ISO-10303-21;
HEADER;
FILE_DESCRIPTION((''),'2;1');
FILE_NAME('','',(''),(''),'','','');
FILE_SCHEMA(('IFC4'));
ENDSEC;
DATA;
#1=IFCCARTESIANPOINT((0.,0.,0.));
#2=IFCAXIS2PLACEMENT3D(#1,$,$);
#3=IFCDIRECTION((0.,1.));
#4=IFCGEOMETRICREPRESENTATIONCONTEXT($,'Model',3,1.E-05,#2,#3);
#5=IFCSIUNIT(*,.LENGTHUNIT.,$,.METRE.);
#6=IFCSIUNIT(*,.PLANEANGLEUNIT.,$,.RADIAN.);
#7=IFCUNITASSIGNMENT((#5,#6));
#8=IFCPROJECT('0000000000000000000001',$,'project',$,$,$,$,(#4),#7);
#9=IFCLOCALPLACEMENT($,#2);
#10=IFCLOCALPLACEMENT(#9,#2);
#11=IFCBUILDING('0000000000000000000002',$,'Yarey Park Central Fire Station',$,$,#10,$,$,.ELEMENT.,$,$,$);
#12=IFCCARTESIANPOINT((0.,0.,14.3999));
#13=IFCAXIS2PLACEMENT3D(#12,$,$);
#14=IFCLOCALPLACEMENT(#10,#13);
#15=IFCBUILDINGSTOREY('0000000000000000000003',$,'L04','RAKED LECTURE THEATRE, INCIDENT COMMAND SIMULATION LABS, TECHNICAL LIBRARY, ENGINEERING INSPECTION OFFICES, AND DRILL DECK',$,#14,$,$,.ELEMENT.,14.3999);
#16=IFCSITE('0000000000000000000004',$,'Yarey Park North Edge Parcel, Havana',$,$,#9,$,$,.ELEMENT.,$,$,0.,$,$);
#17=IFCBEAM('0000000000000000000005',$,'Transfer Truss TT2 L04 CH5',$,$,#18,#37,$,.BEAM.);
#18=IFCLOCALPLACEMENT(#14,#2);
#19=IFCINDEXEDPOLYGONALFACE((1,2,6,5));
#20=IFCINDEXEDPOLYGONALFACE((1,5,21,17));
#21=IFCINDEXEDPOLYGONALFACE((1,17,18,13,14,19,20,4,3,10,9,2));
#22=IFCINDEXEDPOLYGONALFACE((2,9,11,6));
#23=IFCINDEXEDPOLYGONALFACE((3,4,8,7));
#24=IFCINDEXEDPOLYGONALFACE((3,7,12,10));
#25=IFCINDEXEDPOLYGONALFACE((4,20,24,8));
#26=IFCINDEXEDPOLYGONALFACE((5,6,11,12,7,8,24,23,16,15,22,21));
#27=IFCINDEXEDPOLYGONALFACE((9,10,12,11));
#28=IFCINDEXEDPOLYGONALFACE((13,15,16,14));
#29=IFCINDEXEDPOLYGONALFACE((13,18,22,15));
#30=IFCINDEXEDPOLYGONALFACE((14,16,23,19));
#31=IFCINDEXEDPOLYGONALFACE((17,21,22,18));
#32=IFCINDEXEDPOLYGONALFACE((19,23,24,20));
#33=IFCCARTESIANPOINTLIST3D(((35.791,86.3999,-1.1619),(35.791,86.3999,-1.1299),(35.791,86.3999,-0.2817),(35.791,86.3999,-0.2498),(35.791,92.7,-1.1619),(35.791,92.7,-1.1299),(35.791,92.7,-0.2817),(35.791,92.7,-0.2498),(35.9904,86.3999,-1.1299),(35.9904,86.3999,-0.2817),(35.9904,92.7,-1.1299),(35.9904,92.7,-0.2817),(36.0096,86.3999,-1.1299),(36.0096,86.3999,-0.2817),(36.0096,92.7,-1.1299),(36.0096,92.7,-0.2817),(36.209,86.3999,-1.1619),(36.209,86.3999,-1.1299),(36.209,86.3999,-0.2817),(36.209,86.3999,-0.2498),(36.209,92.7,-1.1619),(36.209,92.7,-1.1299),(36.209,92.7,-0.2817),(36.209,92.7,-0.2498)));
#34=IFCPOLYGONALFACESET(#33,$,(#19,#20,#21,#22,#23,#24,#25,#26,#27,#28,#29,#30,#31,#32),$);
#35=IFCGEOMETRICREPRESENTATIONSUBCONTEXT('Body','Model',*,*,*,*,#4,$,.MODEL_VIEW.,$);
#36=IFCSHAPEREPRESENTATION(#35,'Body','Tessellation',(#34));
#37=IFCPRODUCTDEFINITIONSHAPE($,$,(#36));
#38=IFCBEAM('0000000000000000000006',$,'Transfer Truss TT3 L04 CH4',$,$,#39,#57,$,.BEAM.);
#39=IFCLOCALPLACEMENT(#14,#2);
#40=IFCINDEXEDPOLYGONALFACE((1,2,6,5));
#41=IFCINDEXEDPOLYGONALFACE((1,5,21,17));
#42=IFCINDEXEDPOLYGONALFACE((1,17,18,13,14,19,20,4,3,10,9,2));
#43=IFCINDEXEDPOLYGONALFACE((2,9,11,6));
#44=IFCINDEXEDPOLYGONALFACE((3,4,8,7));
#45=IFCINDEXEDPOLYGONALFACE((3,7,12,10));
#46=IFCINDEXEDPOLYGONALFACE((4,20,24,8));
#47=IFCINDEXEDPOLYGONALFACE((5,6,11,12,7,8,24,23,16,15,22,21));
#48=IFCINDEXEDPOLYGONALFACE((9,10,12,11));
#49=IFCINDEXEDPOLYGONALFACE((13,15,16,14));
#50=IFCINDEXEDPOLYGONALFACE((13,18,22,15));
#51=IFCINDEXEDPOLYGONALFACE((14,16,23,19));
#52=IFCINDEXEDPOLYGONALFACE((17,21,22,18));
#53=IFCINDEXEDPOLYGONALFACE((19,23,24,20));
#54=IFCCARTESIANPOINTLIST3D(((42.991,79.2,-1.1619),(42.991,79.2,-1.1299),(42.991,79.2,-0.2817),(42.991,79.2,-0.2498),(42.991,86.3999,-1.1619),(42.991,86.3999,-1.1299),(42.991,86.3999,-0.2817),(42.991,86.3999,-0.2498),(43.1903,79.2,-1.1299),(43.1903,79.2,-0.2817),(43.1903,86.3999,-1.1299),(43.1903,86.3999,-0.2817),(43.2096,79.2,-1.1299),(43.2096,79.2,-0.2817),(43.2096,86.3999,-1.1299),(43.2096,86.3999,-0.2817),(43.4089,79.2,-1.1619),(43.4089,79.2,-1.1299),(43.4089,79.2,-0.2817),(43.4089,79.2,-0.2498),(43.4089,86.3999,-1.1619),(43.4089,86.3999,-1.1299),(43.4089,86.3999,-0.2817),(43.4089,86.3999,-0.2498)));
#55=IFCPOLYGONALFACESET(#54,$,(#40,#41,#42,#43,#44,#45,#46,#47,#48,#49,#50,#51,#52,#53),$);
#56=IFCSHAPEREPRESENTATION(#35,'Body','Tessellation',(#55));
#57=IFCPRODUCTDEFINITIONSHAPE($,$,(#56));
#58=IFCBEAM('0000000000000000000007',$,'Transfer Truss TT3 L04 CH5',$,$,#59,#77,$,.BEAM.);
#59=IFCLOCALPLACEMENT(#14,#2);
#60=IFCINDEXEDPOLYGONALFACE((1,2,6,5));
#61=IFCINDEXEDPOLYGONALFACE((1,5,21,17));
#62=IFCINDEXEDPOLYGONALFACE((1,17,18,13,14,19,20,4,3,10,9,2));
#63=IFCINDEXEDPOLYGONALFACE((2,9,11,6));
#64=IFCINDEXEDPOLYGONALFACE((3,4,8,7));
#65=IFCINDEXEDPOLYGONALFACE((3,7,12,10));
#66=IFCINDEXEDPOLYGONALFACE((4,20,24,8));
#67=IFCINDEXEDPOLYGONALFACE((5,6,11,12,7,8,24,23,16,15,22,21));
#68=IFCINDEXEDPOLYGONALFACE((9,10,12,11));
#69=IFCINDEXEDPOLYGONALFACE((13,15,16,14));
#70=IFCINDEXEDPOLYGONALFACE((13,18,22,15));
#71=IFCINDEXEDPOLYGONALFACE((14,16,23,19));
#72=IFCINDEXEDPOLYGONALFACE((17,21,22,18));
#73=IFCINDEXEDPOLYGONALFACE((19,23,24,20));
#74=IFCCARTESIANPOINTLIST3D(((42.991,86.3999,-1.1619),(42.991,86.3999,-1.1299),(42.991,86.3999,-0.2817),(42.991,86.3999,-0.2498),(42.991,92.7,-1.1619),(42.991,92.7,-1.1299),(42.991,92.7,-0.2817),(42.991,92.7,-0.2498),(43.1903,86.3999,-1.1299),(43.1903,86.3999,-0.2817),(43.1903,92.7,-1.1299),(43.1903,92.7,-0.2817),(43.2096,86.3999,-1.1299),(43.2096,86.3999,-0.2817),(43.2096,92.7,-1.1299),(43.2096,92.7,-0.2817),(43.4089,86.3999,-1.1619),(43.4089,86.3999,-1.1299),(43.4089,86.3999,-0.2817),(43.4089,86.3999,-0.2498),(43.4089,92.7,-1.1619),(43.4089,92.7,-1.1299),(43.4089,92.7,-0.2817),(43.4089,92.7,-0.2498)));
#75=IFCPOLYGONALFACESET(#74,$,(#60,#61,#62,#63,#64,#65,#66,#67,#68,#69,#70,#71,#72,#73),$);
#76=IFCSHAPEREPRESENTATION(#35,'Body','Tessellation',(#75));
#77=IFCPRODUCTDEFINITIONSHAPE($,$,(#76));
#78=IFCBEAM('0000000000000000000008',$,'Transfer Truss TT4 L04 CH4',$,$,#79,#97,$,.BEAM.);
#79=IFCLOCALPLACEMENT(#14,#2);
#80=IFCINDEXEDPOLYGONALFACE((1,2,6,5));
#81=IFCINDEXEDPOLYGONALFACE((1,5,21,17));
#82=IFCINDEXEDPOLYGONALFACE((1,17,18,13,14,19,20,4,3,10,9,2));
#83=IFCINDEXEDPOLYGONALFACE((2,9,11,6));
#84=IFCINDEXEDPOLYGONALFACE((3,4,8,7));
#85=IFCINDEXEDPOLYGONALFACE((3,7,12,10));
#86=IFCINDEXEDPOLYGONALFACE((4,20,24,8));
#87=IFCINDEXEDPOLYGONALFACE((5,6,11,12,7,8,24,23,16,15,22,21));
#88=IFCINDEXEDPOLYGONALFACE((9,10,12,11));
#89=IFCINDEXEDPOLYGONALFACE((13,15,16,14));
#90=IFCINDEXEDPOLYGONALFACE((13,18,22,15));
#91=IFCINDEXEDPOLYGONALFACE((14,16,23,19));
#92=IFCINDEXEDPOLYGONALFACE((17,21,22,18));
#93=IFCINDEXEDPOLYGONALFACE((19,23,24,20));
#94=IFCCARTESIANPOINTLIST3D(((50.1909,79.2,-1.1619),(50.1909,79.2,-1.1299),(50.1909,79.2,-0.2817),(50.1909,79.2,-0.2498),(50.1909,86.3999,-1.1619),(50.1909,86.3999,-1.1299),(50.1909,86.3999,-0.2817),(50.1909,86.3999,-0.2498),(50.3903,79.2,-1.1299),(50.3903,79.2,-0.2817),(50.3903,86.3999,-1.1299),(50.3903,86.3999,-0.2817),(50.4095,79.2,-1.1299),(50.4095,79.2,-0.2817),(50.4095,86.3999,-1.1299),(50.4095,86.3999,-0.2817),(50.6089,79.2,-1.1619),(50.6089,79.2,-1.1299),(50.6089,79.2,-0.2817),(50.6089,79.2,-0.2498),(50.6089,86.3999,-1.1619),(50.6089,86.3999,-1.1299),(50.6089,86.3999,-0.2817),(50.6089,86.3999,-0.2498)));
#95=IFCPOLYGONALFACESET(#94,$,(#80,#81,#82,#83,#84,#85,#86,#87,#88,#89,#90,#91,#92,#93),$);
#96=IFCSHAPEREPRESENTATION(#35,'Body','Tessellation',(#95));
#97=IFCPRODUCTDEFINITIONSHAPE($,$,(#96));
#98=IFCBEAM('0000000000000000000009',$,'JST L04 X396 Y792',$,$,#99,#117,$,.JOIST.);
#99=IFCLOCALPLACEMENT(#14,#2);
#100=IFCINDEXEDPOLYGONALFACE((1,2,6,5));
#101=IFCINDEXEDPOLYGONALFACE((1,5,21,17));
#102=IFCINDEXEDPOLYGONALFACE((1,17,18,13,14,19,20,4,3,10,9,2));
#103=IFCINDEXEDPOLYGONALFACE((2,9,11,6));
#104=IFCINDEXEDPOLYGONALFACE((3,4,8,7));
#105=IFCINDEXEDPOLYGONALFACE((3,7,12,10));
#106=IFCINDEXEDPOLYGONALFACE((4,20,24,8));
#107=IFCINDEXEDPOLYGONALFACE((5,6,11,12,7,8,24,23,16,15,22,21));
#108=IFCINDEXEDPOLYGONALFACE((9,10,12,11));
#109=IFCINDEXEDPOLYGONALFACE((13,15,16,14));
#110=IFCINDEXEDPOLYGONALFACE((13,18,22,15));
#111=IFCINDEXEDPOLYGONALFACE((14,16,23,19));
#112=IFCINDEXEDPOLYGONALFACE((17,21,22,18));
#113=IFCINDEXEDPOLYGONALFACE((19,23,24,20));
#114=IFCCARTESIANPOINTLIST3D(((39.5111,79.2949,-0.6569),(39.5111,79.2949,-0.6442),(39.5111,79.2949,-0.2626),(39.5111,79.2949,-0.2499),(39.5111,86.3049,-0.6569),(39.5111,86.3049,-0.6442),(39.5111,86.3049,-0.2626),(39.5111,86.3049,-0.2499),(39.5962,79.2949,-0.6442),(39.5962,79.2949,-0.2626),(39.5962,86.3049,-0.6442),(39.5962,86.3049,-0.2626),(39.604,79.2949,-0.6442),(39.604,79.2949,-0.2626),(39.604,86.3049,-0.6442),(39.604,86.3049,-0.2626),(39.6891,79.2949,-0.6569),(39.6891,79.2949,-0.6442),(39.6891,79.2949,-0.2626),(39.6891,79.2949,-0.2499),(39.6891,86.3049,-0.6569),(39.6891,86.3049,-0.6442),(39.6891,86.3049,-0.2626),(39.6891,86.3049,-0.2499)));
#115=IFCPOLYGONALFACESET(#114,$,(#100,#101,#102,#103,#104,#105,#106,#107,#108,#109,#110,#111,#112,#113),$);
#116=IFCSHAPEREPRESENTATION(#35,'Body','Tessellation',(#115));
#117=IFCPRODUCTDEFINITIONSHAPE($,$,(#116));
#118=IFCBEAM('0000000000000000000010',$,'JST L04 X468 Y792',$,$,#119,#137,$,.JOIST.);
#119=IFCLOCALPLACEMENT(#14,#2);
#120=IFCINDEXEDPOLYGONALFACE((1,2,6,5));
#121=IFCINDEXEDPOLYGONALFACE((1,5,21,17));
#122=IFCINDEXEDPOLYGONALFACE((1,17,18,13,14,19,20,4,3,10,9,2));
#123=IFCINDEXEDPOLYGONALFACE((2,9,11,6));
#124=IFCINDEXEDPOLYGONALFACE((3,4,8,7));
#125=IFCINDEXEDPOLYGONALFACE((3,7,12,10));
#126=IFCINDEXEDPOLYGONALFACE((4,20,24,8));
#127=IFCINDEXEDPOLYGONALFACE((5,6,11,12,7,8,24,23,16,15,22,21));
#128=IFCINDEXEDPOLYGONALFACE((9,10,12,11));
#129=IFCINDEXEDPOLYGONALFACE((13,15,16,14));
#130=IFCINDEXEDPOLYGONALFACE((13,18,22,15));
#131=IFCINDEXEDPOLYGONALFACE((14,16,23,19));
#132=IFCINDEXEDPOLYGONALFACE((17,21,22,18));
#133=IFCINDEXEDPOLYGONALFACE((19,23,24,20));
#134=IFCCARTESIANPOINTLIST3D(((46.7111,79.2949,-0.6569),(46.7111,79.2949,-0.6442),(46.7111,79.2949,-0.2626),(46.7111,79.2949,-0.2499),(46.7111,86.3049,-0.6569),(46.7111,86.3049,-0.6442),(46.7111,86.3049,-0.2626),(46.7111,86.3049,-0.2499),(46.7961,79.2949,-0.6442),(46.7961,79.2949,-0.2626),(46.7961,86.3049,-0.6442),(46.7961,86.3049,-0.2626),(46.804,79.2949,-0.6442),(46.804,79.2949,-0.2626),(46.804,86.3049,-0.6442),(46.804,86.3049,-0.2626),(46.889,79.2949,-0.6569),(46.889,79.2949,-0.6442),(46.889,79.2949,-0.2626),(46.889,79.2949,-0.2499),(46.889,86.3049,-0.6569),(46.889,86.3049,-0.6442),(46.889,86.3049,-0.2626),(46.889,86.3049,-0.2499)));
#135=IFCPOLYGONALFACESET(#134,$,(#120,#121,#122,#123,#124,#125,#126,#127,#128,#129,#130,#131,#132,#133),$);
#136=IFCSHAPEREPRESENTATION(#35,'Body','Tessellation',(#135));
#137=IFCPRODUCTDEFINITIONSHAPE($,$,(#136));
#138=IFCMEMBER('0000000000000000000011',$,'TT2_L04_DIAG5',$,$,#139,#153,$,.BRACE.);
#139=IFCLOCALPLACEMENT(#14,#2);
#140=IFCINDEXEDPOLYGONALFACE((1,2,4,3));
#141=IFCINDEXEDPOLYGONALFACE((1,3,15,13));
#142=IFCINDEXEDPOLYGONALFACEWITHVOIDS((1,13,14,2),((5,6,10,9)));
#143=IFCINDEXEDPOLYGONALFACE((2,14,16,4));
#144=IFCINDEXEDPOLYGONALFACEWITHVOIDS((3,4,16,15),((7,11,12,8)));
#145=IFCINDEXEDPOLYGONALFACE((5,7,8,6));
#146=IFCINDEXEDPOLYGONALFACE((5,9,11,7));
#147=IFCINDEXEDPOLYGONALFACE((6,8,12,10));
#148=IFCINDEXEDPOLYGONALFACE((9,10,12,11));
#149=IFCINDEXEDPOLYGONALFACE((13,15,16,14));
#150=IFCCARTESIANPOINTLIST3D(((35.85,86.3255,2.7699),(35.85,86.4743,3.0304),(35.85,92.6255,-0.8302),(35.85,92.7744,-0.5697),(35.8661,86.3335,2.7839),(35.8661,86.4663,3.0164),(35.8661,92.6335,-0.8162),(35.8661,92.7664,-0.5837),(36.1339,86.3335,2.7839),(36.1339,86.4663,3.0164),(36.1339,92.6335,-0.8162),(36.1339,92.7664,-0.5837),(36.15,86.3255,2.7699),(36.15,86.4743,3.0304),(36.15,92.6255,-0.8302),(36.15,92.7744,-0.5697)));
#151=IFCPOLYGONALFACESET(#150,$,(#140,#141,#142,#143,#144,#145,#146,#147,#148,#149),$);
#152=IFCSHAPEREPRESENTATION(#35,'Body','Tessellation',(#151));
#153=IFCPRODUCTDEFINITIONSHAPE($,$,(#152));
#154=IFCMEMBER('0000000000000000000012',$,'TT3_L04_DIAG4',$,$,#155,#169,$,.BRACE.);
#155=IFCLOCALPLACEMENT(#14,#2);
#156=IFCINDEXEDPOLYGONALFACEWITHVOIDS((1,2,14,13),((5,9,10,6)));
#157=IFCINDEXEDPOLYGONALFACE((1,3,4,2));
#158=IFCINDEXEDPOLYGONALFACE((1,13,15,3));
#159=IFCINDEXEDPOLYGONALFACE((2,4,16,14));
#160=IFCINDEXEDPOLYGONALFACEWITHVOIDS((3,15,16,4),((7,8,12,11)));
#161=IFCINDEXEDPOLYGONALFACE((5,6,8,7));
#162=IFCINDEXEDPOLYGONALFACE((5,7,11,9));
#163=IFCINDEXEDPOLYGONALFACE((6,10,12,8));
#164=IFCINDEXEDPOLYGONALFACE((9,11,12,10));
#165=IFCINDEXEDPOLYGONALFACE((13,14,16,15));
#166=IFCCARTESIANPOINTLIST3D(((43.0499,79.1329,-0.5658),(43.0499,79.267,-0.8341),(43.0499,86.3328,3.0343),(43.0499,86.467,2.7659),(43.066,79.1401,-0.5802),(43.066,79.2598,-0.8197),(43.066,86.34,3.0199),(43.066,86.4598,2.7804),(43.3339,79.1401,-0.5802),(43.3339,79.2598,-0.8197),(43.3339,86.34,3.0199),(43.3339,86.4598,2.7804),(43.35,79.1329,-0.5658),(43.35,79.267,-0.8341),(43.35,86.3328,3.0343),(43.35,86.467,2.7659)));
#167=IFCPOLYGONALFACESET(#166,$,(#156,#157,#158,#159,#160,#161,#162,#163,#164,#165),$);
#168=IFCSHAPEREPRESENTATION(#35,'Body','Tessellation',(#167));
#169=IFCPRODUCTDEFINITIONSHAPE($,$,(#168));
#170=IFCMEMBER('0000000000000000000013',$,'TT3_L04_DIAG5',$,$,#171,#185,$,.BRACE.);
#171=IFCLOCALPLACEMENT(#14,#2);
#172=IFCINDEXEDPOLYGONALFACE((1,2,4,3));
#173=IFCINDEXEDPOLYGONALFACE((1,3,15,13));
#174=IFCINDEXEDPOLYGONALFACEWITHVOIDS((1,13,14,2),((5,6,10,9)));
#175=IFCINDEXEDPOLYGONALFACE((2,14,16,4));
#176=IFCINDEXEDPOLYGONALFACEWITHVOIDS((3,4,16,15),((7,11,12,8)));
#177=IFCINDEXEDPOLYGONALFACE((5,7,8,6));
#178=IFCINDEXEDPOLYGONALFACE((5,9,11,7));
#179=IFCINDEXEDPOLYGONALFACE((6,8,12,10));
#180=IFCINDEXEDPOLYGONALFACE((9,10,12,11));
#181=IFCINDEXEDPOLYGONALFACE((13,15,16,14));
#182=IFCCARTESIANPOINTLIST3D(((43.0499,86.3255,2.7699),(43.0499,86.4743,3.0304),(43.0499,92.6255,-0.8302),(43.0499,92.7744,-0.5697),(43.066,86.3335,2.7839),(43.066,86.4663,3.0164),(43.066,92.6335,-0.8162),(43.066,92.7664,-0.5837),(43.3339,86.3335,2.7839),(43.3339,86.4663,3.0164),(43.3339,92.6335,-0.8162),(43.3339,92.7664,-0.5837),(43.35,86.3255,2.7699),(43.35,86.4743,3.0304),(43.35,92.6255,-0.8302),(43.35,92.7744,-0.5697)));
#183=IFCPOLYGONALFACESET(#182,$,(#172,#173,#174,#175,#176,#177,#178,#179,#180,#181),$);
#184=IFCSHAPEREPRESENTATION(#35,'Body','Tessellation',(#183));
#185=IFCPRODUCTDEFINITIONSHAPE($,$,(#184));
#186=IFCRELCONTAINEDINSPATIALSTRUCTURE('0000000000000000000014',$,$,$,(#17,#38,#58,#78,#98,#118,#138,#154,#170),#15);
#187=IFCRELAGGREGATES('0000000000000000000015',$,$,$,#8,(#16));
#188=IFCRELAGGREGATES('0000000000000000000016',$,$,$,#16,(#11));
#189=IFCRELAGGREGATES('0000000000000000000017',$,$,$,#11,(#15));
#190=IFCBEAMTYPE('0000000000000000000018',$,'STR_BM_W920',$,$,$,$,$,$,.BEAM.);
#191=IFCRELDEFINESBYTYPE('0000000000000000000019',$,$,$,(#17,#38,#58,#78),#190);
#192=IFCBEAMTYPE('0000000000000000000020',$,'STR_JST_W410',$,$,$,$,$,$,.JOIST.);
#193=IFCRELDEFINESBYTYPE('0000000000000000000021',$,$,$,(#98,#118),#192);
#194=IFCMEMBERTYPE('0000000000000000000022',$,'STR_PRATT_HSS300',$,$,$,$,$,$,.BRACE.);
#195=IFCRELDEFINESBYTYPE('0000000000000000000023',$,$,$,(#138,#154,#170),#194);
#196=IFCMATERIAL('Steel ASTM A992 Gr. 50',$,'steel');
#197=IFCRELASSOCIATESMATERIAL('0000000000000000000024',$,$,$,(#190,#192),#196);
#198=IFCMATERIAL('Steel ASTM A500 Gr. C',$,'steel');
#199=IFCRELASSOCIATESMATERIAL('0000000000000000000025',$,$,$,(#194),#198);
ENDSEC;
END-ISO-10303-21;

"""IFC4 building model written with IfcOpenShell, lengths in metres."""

from ifc_helpers import new_model, si_unit, direction, frame, origin, origin_2d, place, context, subcontext, project, spatial, hollow_rectangle, i_section, extrude, material, material_profile, profile_set, type_object, element, save


model = new_model("IFC4")

# Units and contexts
model_context = context("Model", 3, precision=1e-05, world=origin(), true_north=direction((0.0, 1.0)))
body_context = subcontext(model_context, "Body", "Model", "MODEL_VIEW")
ifc_project = project(units=[si_unit("LENGTHUNIT", "METRE"), si_unit("PLANEANGLEUNIT", "RADIAN")], contexts=[model_context])

# Site, building, storey
site_placement = place(None, origin())
site = spatial("IfcSite", under=ifc_project, at=site_placement, Name="Yarey Park North Edge Parcel, Havana", CompositionType="ELEMENT", RefElevation=0.0)
building_placement = place(site_placement, origin())
building = spatial("IfcBuilding", under=site, at=building_placement, Name="Yarey Park Central Fire Station", CompositionType="ELEMENT")
storey_placement = place(building_placement, frame((0.0, 0.0, 14.3999)))
storey = spatial("IfcBuildingStorey", under=building, at=storey_placement, Name="L04", Description="RAKED LECTURE THEATRE, INCIDENT COMMAND SIMULATION LABS, TECHNICAL LIBRARY, ENGINEERING INSPECTION OFFICES, AND DRILL DECK", CompositionType="ELEMENT", Elevation=14.3999)

# Shared definitions
ifc_material_1 = material(Name="Steel ASTM A992 Gr. 50", Category="steel")

# Beams
ifc_material_profile_1 = material_profile(ifc_material_1, i_section(OverallWidth=0.418, OverallDepth=0.9121, WebThickness=0.0193, FlangeThickness=0.032, at=origin_2d()), Name="W920x342")
ifc_profile_set_1 = profile_set([ifc_material_profile_1], Name="Steel ASTM A992 Gr. 50")
beam_type_1 = type_object("IfcBeamType", Name="STR_BM_W920", PredefinedType="BEAM", material=ifc_profile_set_1)
beam_1_placement = place(storey_placement, frame((36.0, 86.3999, -0.7058), z_axis=(0.0, 1.0, 0.0), x_axis=(-1.0, 0.0, 0.0)))
element("IfcBeam", 1, at=beam_1_placement, inside=storey, type_object=beam_type_1, Name="Transfer Truss TT2 L04 CH5", PredefinedType="BEAM", context=body_context, shape_type="SweptSolid", body=[
    extrude(i_section(OverallWidth=0.418, OverallDepth=0.9121, WebThickness=0.0193, FlangeThickness=0.032, at=origin_2d()), origin(), (0.0, 0.0, 1.0), 6.3),
])
beam_2_placement = place(storey_placement, frame((43.2, 79.2, -0.7058), z_axis=(0.0, 1.0, 0.0), x_axis=(-1.0, 0.0, 0.0)))
element("IfcBeam", 2, at=beam_2_placement, inside=storey, type_object=beam_type_1, Name="Transfer Truss TT3 L04 CH4", PredefinedType="BEAM", context=body_context, shape_type="SweptSolid", body=[
    extrude(i_section(OverallWidth=0.418, OverallDepth=0.9121, WebThickness=0.0193, FlangeThickness=0.032, at=origin_2d()), origin(), (0.0, 0.0, 1.0), 7.2),
])
beam_3_placement = place(storey_placement, frame((43.2, 86.3999, -0.7058), z_axis=(0.0, 1.0, 0.0), x_axis=(-1.0, 0.0, 0.0)))
element("IfcBeam", 3, at=beam_3_placement, inside=storey, type_object=beam_type_1, Name="Transfer Truss TT3 L04 CH5", PredefinedType="BEAM", context=body_context, shape_type="SweptSolid", body=[
    extrude(i_section(OverallWidth=0.418, OverallDepth=0.9121, WebThickness=0.0193, FlangeThickness=0.032, at=origin_2d()), origin(), (0.0, 0.0, 1.0), 6.3),
])
beam_4_placement = place(storey_placement, frame((50.3999, 79.2, -0.7058), z_axis=(0.0, 1.0, 0.0), x_axis=(-1.0, 0.0, 0.0)))
element("IfcBeam", 4, at=beam_4_placement, inside=storey, type_object=beam_type_1, Name="Transfer Truss TT4 L04 CH4", PredefinedType="BEAM", context=body_context, shape_type="SweptSolid", body=[
    extrude(i_section(OverallWidth=0.418, OverallDepth=0.9121, WebThickness=0.0193, FlangeThickness=0.032, at=origin_2d()), origin(), (0.0, 0.0, 1.0), 7.2),
])
ifc_material_profile_2 = material_profile(ifc_material_1, i_section(OverallWidth=0.178, OverallDepth=0.407, WebThickness=0.0078, FlangeThickness=0.0127, at=origin_2d()), Name="W410x60")
ifc_profile_set_2 = profile_set([ifc_material_profile_2], Name="Steel ASTM A992 Gr. 50")
beam_type_2 = type_object("IfcBeamType", Name="STR_JST_W410", PredefinedType="JOIST", material=ifc_profile_set_2)
for number, where, z_axis, x_axis, name in (
    (5, (39.6001, 79.2949, -0.4534), (0.0, 1.0, 0.0), (-1.0, 0.0, 0.0), "JST L04 X396 Y792"),
    (6, (46.8, 79.2949, -0.4534), (0.0, 1.0, 0.0), (-1.0, 0.0, 0.0), "JST L04 X468 Y792"),
):
    element("IfcBeam", number, at=place(storey_placement, frame(where, z_axis=z_axis, x_axis=x_axis)), inside=storey, type_object=beam_type_2, Name=name, PredefinedType="JOIST", context=body_context, shape_type="SweptSolid", body=[
        extrude(i_section(OverallWidth=0.178, OverallDepth=0.407, WebThickness=0.0078, FlangeThickness=0.0127, at=origin_2d()), origin(), (0.0, 0.0, 1.0), 7.01),
    ])

# Members
ifc_material_2 = material(Name="Steel ASTM A500 Gr. C", Category="steel")
ifc_material_profile_3 = material_profile(ifc_material_2, hollow_rectangle(XDim=0.3, YDim=0.3, WallThickness=0.0161, at=origin_2d()), Name="HSS 300x300x16")
ifc_profile_set_3 = profile_set([ifc_material_profile_3], Name="Steel ASTM A500 Gr. C")
member_type = type_object("IfcMemberType", Name="STR_PRATT_HSS300", PredefinedType="BRACE", material=ifc_profile_set_3)
member_1_placement = place(storey_placement, frame((36.0, 86.3999, 2.9001), z_axis=(0.0, 0.868239, -0.496146), x_axis=(-1.0, 0.0, 0.0)))
element("IfcMember", 7, at=member_1_placement, inside=storey, type_object=member_type, Name="TT2_L04_DIAG5", PredefinedType="BRACE", context=body_context, shape_type="SweptSolid", body=[
    extrude(hollow_rectangle(XDim=0.3, YDim=0.3, WallThickness=0.0161, at=origin_2d()), origin(), (0.0, 0.0, 1.0), 7.2561),
])
member_2_placement = place(storey_placement, frame((43.2, 79.2, -0.7), z_axis=(0.0, 0.894421, 0.447226), x_axis=(-1.0, 0.0, 0.0)))
element("IfcMember", 8, at=member_2_placement, inside=storey, type_object=member_type, Name="TT3_L04_DIAG4", PredefinedType="BRACE", context=body_context, shape_type="SweptSolid", body=[
    extrude(hollow_rectangle(XDim=0.3, YDim=0.3, WallThickness=0.0161, at=origin_2d()), origin(), (0.0, 0.0, 1.0), 8.0498),
])
member_3_placement = place(storey_placement, frame((43.2, 86.3999, 2.9001), z_axis=(0.0, 0.868239, -0.496146), x_axis=(-1.0, 0.0, 0.0)))
element("IfcMember", 9, at=member_3_placement, inside=storey, type_object=member_type, Name="TT3_L04_DIAG5", PredefinedType="BRACE", context=body_context, shape_type="SweptSolid", body=[
    extrude(hollow_rectangle(XDim=0.3, YDim=0.3, WallThickness=0.0161, at=origin_2d()), origin(), (0.0, 0.0, 1.0), 7.2561),
])

save(model, "model.ifc")
